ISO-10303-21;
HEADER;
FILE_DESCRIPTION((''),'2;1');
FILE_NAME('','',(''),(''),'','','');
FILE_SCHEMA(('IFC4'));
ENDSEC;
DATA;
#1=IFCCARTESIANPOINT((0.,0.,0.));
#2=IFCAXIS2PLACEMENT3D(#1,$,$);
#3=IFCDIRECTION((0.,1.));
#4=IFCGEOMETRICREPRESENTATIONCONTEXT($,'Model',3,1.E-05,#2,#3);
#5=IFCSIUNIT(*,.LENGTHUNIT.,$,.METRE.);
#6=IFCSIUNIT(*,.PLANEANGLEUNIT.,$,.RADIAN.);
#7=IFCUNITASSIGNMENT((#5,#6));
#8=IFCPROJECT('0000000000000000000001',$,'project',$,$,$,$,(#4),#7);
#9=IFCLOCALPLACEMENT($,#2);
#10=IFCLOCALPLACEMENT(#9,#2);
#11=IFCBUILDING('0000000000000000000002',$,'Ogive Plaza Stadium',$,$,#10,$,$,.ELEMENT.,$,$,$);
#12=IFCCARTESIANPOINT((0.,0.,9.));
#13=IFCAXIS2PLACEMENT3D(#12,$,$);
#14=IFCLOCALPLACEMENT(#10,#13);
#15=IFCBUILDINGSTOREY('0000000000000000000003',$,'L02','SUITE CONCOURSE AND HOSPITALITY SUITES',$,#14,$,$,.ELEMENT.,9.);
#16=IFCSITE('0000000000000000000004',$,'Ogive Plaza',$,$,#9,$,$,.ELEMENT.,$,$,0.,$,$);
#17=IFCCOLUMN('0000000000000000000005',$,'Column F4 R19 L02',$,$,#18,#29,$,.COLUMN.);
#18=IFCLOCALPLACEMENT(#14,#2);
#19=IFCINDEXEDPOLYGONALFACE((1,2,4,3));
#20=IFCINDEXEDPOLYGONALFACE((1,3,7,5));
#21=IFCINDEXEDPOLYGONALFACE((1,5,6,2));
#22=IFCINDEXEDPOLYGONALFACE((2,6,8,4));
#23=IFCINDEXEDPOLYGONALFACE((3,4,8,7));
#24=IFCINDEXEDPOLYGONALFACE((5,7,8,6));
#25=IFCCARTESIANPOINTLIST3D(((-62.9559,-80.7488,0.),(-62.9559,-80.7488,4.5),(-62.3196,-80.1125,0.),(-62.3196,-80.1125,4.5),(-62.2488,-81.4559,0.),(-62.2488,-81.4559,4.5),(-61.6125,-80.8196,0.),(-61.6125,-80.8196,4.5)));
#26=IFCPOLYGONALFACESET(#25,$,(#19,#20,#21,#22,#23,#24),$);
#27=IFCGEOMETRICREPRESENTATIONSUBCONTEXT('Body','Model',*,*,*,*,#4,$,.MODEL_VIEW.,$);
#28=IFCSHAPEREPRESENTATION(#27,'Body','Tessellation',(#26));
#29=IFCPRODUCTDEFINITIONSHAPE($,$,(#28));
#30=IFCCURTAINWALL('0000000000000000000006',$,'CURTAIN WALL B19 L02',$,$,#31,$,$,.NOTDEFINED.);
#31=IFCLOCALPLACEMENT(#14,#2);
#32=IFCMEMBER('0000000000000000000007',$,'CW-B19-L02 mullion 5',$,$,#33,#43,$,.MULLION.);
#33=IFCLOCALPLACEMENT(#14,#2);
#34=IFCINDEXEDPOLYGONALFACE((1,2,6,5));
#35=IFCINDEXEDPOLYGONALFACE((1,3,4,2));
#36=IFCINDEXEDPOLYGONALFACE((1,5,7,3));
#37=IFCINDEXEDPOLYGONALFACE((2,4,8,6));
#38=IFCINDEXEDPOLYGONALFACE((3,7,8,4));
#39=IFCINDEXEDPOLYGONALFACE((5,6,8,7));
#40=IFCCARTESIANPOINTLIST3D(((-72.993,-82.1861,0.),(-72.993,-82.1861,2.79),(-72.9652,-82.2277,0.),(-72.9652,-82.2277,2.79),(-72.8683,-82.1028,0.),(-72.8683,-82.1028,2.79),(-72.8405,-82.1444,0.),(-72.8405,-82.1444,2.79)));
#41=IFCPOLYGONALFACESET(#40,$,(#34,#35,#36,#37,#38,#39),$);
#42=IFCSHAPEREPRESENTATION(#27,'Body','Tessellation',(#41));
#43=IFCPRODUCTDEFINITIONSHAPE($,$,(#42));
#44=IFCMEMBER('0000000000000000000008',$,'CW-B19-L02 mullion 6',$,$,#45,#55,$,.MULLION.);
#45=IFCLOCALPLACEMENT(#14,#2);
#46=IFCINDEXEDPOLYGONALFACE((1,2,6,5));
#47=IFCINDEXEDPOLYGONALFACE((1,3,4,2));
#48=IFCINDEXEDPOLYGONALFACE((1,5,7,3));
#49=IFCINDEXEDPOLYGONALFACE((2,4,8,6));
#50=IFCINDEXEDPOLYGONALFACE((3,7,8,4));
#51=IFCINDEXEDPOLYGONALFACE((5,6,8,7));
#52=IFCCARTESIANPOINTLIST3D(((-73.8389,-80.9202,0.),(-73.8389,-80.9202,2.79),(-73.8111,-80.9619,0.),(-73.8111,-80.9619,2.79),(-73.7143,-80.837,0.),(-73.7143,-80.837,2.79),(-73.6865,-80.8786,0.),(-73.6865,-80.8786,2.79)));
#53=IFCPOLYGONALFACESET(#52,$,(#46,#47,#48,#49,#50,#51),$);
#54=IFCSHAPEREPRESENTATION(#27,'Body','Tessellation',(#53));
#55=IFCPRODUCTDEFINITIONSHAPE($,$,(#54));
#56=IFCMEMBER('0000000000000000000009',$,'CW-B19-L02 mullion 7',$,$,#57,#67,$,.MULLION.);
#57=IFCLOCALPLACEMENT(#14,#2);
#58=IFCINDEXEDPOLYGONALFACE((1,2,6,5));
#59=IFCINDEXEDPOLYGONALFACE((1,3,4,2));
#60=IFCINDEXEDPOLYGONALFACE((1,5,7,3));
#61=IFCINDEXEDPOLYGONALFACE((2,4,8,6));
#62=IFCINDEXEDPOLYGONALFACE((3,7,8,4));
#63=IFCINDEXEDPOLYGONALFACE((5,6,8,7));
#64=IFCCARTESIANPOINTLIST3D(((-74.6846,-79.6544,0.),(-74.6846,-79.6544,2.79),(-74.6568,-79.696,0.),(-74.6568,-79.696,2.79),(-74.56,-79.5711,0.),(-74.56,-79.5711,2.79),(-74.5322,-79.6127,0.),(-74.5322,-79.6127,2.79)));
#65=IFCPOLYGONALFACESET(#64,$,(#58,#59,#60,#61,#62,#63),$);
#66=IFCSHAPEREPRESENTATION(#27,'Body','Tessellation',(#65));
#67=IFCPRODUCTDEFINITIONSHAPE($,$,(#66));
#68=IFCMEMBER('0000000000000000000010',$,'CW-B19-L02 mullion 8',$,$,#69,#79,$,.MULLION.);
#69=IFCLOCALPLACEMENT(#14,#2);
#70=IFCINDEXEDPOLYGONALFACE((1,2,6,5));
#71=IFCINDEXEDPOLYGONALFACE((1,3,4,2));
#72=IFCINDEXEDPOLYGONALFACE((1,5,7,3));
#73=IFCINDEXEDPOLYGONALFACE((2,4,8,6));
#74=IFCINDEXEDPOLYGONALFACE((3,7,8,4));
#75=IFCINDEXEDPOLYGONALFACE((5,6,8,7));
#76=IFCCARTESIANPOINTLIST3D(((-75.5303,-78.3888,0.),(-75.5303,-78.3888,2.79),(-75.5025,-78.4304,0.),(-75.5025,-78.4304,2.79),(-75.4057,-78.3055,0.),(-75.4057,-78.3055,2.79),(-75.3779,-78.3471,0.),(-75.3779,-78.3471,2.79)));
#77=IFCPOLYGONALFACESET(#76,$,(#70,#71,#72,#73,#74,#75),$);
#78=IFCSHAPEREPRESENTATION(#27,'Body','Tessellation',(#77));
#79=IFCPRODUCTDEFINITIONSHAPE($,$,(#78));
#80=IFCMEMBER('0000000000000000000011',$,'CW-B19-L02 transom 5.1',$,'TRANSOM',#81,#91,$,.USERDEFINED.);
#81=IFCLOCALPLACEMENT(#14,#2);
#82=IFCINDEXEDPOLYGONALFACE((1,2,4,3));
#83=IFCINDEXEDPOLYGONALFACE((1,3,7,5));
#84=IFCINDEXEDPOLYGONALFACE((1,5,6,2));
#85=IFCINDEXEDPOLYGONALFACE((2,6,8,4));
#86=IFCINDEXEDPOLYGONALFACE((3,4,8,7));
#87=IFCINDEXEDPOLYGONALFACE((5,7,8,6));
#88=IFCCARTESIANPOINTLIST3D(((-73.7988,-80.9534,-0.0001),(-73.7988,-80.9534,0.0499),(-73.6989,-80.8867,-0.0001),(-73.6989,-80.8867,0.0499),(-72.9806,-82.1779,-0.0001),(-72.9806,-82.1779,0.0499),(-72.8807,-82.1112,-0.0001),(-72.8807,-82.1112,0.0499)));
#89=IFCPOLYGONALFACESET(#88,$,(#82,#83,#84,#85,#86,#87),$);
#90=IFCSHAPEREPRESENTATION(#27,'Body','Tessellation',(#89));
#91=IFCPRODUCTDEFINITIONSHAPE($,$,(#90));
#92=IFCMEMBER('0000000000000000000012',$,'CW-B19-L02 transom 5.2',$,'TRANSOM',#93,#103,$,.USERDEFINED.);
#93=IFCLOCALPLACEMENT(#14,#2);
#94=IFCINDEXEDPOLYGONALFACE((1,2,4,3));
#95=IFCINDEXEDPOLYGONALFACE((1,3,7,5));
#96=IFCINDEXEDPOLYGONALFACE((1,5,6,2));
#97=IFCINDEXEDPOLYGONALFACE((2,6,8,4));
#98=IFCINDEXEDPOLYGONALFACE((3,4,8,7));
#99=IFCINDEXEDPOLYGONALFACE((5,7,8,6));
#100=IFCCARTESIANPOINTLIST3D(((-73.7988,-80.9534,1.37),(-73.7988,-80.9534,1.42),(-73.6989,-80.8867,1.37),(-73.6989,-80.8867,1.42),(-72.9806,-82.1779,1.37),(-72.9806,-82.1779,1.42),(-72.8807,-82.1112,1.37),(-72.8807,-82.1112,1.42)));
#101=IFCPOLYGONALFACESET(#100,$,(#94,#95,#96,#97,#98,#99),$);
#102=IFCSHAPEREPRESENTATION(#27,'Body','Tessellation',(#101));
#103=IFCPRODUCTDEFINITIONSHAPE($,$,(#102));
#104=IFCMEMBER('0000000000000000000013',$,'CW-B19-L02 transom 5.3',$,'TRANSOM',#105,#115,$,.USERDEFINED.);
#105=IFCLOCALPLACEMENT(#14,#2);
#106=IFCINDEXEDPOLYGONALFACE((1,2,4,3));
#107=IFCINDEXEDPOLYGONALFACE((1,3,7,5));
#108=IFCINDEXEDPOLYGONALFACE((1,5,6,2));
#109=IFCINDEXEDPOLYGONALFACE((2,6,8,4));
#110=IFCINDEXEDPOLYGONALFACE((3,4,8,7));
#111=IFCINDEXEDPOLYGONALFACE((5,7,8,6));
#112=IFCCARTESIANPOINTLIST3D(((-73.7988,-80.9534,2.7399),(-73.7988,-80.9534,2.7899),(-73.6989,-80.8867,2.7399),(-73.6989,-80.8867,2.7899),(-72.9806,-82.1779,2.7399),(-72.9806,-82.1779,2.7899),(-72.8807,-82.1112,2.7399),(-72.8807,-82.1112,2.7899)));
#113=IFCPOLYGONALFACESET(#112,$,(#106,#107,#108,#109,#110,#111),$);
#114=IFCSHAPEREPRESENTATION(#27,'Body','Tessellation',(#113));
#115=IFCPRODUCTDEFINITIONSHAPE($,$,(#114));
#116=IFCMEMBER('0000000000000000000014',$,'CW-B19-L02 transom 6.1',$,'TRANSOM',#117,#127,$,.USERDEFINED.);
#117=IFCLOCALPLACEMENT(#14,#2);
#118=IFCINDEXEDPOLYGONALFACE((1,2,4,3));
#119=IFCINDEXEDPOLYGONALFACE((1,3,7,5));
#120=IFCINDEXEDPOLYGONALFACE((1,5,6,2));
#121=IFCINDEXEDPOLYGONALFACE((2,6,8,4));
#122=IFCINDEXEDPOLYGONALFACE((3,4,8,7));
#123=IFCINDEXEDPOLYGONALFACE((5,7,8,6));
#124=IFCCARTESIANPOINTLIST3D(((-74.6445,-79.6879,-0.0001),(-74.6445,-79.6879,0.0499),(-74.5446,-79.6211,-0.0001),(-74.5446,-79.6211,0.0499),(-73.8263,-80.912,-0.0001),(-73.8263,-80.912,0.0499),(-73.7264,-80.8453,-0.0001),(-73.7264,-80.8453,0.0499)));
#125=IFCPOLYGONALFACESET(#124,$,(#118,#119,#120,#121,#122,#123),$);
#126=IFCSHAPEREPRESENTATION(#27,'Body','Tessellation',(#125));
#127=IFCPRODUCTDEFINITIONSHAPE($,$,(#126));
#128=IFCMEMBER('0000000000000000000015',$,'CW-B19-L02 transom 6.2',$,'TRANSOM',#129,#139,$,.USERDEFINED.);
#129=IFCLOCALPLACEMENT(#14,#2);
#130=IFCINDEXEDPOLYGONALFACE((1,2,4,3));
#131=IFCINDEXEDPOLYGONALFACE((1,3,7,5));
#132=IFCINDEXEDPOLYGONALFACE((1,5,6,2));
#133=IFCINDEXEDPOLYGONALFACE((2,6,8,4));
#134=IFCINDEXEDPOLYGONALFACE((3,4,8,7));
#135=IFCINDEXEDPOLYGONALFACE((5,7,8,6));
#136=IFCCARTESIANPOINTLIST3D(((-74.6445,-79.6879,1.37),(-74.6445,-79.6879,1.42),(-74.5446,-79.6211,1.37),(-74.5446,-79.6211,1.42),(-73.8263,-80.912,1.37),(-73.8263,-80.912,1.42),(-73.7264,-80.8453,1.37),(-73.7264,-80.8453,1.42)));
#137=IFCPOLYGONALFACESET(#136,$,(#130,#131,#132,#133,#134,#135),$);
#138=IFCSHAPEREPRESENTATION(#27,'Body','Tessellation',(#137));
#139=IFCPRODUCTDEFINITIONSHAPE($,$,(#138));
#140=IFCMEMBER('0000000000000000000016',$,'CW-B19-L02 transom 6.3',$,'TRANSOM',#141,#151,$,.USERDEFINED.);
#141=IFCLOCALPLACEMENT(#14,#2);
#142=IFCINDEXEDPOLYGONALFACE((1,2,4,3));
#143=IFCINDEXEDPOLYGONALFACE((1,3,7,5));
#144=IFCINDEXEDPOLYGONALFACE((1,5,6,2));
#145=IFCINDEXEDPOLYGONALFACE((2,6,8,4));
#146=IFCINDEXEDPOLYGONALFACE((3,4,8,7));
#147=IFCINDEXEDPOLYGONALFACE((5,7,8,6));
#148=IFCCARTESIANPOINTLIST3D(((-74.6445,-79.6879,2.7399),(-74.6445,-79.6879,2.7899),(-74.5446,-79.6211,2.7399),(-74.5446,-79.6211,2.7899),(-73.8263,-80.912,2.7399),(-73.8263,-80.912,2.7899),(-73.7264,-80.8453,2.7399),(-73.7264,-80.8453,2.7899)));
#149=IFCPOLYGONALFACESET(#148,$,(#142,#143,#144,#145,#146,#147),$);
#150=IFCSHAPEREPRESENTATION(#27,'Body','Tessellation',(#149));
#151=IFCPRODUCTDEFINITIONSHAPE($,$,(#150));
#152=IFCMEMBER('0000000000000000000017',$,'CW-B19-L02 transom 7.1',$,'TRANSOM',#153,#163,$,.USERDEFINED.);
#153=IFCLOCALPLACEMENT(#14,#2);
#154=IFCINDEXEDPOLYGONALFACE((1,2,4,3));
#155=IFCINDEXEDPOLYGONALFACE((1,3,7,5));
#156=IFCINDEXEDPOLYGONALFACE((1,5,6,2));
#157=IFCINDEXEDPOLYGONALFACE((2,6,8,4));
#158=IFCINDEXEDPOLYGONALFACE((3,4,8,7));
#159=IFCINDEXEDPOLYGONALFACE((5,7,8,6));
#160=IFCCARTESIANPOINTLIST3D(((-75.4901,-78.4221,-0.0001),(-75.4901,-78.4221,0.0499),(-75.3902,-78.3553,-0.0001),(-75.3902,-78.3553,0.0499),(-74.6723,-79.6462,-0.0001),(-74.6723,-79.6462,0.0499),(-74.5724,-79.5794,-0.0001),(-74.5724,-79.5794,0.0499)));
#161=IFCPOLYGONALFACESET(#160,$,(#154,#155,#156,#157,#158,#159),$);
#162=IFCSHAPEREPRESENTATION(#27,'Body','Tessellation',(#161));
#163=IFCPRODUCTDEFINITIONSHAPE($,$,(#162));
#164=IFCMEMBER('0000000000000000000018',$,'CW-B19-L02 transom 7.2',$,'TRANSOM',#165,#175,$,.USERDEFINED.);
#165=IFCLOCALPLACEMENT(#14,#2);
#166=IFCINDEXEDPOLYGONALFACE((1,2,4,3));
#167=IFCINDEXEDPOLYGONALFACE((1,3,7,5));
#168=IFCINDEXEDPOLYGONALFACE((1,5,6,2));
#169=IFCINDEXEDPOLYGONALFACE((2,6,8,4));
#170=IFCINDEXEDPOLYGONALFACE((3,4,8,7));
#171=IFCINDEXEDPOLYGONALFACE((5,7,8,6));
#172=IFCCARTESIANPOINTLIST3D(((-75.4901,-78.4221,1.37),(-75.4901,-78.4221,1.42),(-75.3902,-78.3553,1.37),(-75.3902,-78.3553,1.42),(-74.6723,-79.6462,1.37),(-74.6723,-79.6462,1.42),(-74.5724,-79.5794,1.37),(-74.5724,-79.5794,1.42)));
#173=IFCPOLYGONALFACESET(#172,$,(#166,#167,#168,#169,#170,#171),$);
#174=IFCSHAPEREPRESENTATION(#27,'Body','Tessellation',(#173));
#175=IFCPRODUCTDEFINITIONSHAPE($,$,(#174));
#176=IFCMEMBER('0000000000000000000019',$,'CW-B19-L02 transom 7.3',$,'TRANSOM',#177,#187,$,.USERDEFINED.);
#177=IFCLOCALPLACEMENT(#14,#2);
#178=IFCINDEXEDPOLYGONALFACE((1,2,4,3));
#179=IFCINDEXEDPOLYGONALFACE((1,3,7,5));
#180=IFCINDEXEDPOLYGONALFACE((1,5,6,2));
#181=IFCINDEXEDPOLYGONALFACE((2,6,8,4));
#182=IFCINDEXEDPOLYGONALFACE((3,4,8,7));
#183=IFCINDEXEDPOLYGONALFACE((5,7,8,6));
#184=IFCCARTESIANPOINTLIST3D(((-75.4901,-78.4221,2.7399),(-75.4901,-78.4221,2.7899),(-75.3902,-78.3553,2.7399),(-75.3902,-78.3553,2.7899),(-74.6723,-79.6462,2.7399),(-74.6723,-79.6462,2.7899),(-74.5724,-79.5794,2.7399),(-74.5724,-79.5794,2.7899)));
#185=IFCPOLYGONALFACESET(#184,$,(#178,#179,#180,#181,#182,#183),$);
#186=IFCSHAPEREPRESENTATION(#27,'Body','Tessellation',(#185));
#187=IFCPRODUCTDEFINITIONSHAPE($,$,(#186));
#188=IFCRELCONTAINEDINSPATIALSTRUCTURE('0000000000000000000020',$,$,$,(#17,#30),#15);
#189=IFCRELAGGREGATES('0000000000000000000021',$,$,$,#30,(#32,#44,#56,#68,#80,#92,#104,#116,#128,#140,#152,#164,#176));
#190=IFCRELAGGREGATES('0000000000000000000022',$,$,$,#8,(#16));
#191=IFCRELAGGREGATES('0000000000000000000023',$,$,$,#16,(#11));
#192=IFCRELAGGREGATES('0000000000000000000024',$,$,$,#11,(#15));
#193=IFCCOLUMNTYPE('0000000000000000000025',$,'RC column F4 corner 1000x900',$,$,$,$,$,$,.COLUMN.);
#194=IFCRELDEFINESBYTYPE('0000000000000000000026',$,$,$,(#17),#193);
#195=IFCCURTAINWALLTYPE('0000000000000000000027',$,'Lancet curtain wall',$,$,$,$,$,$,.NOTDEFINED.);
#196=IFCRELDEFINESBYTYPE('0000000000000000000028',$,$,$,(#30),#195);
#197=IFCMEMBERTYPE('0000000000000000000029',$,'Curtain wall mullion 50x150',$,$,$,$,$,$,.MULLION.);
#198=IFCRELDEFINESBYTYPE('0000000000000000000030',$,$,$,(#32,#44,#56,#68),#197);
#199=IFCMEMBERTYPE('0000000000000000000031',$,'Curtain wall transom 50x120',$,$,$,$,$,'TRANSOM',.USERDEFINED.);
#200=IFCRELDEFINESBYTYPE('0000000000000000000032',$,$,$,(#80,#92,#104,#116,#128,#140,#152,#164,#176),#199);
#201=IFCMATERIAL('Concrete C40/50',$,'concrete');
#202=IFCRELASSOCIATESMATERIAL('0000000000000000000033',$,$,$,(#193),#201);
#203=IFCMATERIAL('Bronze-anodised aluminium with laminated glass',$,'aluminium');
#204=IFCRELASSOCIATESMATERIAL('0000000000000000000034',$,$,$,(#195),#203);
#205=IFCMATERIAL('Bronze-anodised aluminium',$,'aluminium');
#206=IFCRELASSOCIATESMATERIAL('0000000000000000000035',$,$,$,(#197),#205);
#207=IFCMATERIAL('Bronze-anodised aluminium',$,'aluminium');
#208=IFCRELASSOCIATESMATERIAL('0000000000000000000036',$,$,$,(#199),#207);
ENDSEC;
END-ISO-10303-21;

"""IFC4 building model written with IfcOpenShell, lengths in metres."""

from ifc_helpers import new_model, si_unit, direction, frame, origin, origin_2d, place, context, subcontext, project, spatial, rectangle, extrude, material, material_profile, profile_set, type_object, element, aggregate, save


model = new_model("IFC4")

# Units and contexts
model_context = context("Model", 3, precision=1e-05, world=origin(), true_north=direction((0.0, 1.0)))
body_context = subcontext(model_context, "Body", "Model", "MODEL_VIEW")
ifc_project = project(units=[si_unit("LENGTHUNIT", "METRE"), si_unit("PLANEANGLEUNIT", "RADIAN")], contexts=[model_context])

# Site, building, storey
site_placement = place(None, origin())
site = spatial("IfcSite", under=ifc_project, at=site_placement, Name="Ogive Plaza", CompositionType="ELEMENT", RefElevation=0.0)
building_placement = place(site_placement, origin())
building = spatial("IfcBuilding", under=site, at=building_placement, Name="Ogive Plaza Stadium", CompositionType="ELEMENT")
storey_placement = place(building_placement, frame((0.0, 0.0, 9.0)))
storey = spatial("IfcBuildingStorey", under=building, at=storey_placement, Name="L02", Description="SUITE CONCOURSE AND HOSPITALITY SUITES", CompositionType="ELEMENT", Elevation=9.0)

# Column
ifc_material_1 = material(Name="Concrete C40/50", Category="concrete")
ifc_material_profile_1 = material_profile(ifc_material_1, rectangle(XDim=1.0, YDim=0.8999, at=origin_2d()), Name="RC 1000x900")
ifc_profile_set_1 = profile_set([ifc_material_profile_1], Name="Concrete C40/50")
column_type = type_object("IfcColumnType", Name="RC column F4 corner 1000x900", PredefinedType="COLUMN", material=ifc_profile_set_1)
column_placement = place(storey_placement, frame((-62.2842, -80.7842, 0.0), z_axis=(0.0, 0.0, 1.0), x_axis=(0.707107, -0.707107, 0.0)))
element("IfcColumn", 1, at=column_placement, inside=storey, type_object=column_type, Name="Column F4 R19 L02", PredefinedType="COLUMN", context=body_context, shape_type="SweptSolid", body=[
    extrude(rectangle(XDim=1.0, YDim=0.8999, at=origin_2d()), origin(), (0.0, 0.0, 1.0), 4.5),
])

# Curtain wall, members
ifc_material_2 = material(Name="Bronze-anodised aluminium with laminated glass", Category="aluminium")
curtain_wall_type = type_object("IfcCurtainWallType", Name="Lancet curtain wall", PredefinedType="NOTDEFINED", material=ifc_material_2)
curtain_wall_placement = place(storey_placement, origin())
curtain_wall = element("IfcCurtainWall", 2, at=curtain_wall_placement, inside=storey, type_object=curtain_wall_type, Name="CURTAIN WALL B19 L02", PredefinedType="NOTDEFINED")
ifc_material_3 = material(Name="Bronze-anodised aluminium", Category="aluminium")
ifc_material_profile_2 = material_profile(ifc_material_3, rectangle(XDim=0.1499, YDim=0.05, at=origin_2d()), Name="AL 150x50")
ifc_profile_set_2 = profile_set([ifc_material_profile_2], Name="Bronze-anodised aluminium")
member_type_1 = type_object("IfcMemberType", Name="Curtain wall mullion 50x150", PredefinedType="MULLION", material=ifc_profile_set_2)
member_1_placement = place(storey_placement, frame((-72.9167, -82.1653, 0.0), z_axis=(0.0, 0.0, 1.0), x_axis=(-0.83147, -0.55557, 0.0)))
member_1 = element("IfcMember", 3, at=member_1_placement, type_object=member_type_1, Name="CW-B19-L02 mullion 5", PredefinedType="MULLION", context=body_context, shape_type="SweptSolid", body=[
    extrude(rectangle(XDim=0.1499, YDim=0.05, at=origin_2d()), origin(), (0.0, 0.0, 1.0), 2.79),
])
member_2_placement = place(storey_placement, frame((-73.7627, -80.8994, 0.0), z_axis=(0.0, 0.0, 1.0), x_axis=(-0.83147, -0.55557, 0.0)))
member_2 = element("IfcMember", 4, at=member_2_placement, type_object=member_type_1, Name="CW-B19-L02 mullion 6", PredefinedType="MULLION", context=body_context, shape_type="SweptSolid", body=[
    extrude(rectangle(XDim=0.1499, YDim=0.05, at=origin_2d()), origin(), (0.0, 0.0, 1.0), 2.79),
])
member_3_placement = place(storey_placement, frame((-74.6084, -79.6335, 0.0), z_axis=(0.0, 0.0, 1.0), x_axis=(-0.83147, -0.55557, 0.0)))
member_3 = element("IfcMember", 5, at=member_3_placement, type_object=member_type_1, Name="CW-B19-L02 mullion 7", PredefinedType="MULLION", context=body_context, shape_type="SweptSolid", body=[
    extrude(rectangle(XDim=0.1499, YDim=0.05, at=origin_2d()), origin(), (0.0, 0.0, 1.0), 2.79),
])
member_4_placement = place(storey_placement, frame((-75.4541, -78.3679, 0.0), z_axis=(0.0, 0.0, 1.0), x_axis=(-0.83147, -0.55557, 0.0)))
member_4 = element("IfcMember", 6, at=member_4_placement, type_object=member_type_1, Name="CW-B19-L02 mullion 8", PredefinedType="MULLION", context=body_context, shape_type="SweptSolid", body=[
    extrude(rectangle(XDim=0.1499, YDim=0.05, at=origin_2d()), origin(), (0.0, 0.0, 1.0), 2.79),
])
ifc_material_4 = material(Name="Bronze-anodised aluminium", Category="aluminium")
ifc_material_profile_3 = material_profile(ifc_material_4, rectangle(XDim=0.1201, YDim=0.05, at=origin_2d()), Name="AL 120x50")
ifc_profile_set_3 = profile_set([ifc_material_profile_3], Name="Bronze-anodised aluminium")
member_type_2 = type_object("IfcMemberType", Name="Curtain wall transom 50x120", ElementType="TRANSOM", PredefinedType="USERDEFINED", material=ifc_profile_set_3)
member_5_placement = place(storey_placement, frame((-72.9307, -82.1445, 0.0249), z_axis=(-0.55558, 0.831463, 0.0), x_axis=(-0.831463, -0.55558, 0.0)))
member_5 = element("IfcMember", 7, at=member_5_placement, type_object=member_type_2, Name="CW-B19-L02 transom 5.1", ObjectType="TRANSOM", PredefinedType="USERDEFINED", context=body_context, shape_type="SweptSolid", body=[
    extrude(rectangle(XDim=0.1201, YDim=0.05, at=origin_2d()), origin(), (0.0, 0.0, 1.0), 1.4727),
])
member_6_placement = place(storey_placement, frame((-72.9307, -82.1445, 1.395), z_axis=(-0.55558, 0.831463, 0.0), x_axis=(-0.831463, -0.55558, 0.0)))
member_6 = element("IfcMember", 8, at=member_6_placement, type_object=member_type_2, Name="CW-B19-L02 transom 5.2", ObjectType="TRANSOM", PredefinedType="USERDEFINED", context=body_context, shape_type="SweptSolid", body=[
    extrude(rectangle(XDim=0.1201, YDim=0.05, at=origin_2d()), origin(), (0.0, 0.0, 1.0), 1.4727),
])
member_7_placement = place(storey_placement, frame((-72.9307, -82.1445, 2.7649), z_axis=(-0.55558, 0.831463, 0.0), x_axis=(-0.831463, -0.55558, 0.0)))
member_7 = element("IfcMember", 9, at=member_7_placement, type_object=member_type_2, Name="CW-B19-L02 transom 5.3", ObjectType="TRANSOM", PredefinedType="USERDEFINED", context=body_context, shape_type="SweptSolid", body=[
    extrude(rectangle(XDim=0.1201, YDim=0.05, at=origin_2d()), origin(), (0.0, 0.0, 1.0), 1.4727),
])
member_8_placement = place(storey_placement, frame((-73.7764, -80.8787, 0.0249), z_axis=(-0.555656, 0.831412, 0.0), x_axis=(-0.831412, -0.555656, 0.0)))
member_8 = element("IfcMember", 10, at=member_8_placement, type_object=member_type_2, Name="CW-B19-L02 transom 6.1", ObjectType="TRANSOM", PredefinedType="USERDEFINED", context=body_context, shape_type="SweptSolid", body=[
    extrude(rectangle(XDim=0.1201, YDim=0.05, at=origin_2d()), origin(), (0.0, 0.0, 1.0), 1.4724),
])
member_9_placement = place(storey_placement, frame((-73.7764, -80.8787, 1.395), z_axis=(-0.555656, 0.831412, 0.0), x_axis=(-0.831412, -0.555656, 0.0)))
member_9 = element("IfcMember", 11, at=member_9_placement, type_object=member_type_2, Name="CW-B19-L02 transom 6.2", ObjectType="TRANSOM", PredefinedType="USERDEFINED", context=body_context, shape_type="SweptSolid", body=[
    extrude(rectangle(XDim=0.1201, YDim=0.05, at=origin_2d()), origin(), (0.0, 0.0, 1.0), 1.4724),
])
member_10_placement = place(storey_placement, frame((-73.7764, -80.8787, 2.7649), z_axis=(-0.555656, 0.831412, 0.0), x_axis=(-0.831412, -0.555656, 0.0)))
member_10 = element("IfcMember", 12, at=member_10_placement, type_object=member_type_2, Name="CW-B19-L02 transom 6.3", ObjectType="TRANSOM", PredefinedType="USERDEFINED", context=body_context, shape_type="SweptSolid", body=[
    extrude(rectangle(XDim=0.1201, YDim=0.05, at=origin_2d()), origin(), (0.0, 0.0, 1.0), 1.4724),
])
member_11_placement = place(storey_placement, frame((-74.6223, -79.6128, 0.0249), z_axis=(-0.555542, 0.831489, 0.0), x_axis=(-0.831489, -0.555542, 0.0)))
member_11 = element("IfcMember", 13, at=member_11_placement, type_object=member_type_2, Name="CW-B19-L02 transom 7.1", ObjectType="TRANSOM", PredefinedType="USERDEFINED", context=body_context, shape_type="SweptSolid", body=[
    extrude(rectangle(XDim=0.1201, YDim=0.05, at=origin_2d()), origin(), (0.0, 0.0, 1.0), 1.4722),
])
member_12_placement = place(storey_placement, frame((-74.6223, -79.6128, 1.395), z_axis=(-0.555542, 0.831489, 0.0), x_axis=(-0.831489, -0.555542, 0.0)))
member_12 = element("IfcMember", 14, at=member_12_placement, type_object=member_type_2, Name="CW-B19-L02 transom 7.2", ObjectType="TRANSOM", PredefinedType="USERDEFINED", context=body_context, shape_type="SweptSolid", body=[
    extrude(rectangle(XDim=0.1201, YDim=0.05, at=origin_2d()), origin(), (0.0, 0.0, 1.0), 1.4722),
])
member_13_placement = place(storey_placement, frame((-74.6223, -79.6128, 2.7649), z_axis=(-0.555542, 0.831489, 0.0), x_axis=(-0.831489, -0.555542, 0.0)))
member_13 = element("IfcMember", 15, at=member_13_placement, type_object=member_type_2, Name="CW-B19-L02 transom 7.3", ObjectType="TRANSOM", PredefinedType="USERDEFINED", context=body_context, shape_type="SweptSolid", body=[
    extrude(rectangle(XDim=0.1201, YDim=0.05, at=origin_2d()), origin(), (0.0, 0.0, 1.0), 1.4722),
])

aggregate(curtain_wall, [member_1, member_2, member_3, member_4, member_5, member_6, member_7, member_8, member_9, member_10, member_11, member_12, member_13])

save(model, "model.ifc")
